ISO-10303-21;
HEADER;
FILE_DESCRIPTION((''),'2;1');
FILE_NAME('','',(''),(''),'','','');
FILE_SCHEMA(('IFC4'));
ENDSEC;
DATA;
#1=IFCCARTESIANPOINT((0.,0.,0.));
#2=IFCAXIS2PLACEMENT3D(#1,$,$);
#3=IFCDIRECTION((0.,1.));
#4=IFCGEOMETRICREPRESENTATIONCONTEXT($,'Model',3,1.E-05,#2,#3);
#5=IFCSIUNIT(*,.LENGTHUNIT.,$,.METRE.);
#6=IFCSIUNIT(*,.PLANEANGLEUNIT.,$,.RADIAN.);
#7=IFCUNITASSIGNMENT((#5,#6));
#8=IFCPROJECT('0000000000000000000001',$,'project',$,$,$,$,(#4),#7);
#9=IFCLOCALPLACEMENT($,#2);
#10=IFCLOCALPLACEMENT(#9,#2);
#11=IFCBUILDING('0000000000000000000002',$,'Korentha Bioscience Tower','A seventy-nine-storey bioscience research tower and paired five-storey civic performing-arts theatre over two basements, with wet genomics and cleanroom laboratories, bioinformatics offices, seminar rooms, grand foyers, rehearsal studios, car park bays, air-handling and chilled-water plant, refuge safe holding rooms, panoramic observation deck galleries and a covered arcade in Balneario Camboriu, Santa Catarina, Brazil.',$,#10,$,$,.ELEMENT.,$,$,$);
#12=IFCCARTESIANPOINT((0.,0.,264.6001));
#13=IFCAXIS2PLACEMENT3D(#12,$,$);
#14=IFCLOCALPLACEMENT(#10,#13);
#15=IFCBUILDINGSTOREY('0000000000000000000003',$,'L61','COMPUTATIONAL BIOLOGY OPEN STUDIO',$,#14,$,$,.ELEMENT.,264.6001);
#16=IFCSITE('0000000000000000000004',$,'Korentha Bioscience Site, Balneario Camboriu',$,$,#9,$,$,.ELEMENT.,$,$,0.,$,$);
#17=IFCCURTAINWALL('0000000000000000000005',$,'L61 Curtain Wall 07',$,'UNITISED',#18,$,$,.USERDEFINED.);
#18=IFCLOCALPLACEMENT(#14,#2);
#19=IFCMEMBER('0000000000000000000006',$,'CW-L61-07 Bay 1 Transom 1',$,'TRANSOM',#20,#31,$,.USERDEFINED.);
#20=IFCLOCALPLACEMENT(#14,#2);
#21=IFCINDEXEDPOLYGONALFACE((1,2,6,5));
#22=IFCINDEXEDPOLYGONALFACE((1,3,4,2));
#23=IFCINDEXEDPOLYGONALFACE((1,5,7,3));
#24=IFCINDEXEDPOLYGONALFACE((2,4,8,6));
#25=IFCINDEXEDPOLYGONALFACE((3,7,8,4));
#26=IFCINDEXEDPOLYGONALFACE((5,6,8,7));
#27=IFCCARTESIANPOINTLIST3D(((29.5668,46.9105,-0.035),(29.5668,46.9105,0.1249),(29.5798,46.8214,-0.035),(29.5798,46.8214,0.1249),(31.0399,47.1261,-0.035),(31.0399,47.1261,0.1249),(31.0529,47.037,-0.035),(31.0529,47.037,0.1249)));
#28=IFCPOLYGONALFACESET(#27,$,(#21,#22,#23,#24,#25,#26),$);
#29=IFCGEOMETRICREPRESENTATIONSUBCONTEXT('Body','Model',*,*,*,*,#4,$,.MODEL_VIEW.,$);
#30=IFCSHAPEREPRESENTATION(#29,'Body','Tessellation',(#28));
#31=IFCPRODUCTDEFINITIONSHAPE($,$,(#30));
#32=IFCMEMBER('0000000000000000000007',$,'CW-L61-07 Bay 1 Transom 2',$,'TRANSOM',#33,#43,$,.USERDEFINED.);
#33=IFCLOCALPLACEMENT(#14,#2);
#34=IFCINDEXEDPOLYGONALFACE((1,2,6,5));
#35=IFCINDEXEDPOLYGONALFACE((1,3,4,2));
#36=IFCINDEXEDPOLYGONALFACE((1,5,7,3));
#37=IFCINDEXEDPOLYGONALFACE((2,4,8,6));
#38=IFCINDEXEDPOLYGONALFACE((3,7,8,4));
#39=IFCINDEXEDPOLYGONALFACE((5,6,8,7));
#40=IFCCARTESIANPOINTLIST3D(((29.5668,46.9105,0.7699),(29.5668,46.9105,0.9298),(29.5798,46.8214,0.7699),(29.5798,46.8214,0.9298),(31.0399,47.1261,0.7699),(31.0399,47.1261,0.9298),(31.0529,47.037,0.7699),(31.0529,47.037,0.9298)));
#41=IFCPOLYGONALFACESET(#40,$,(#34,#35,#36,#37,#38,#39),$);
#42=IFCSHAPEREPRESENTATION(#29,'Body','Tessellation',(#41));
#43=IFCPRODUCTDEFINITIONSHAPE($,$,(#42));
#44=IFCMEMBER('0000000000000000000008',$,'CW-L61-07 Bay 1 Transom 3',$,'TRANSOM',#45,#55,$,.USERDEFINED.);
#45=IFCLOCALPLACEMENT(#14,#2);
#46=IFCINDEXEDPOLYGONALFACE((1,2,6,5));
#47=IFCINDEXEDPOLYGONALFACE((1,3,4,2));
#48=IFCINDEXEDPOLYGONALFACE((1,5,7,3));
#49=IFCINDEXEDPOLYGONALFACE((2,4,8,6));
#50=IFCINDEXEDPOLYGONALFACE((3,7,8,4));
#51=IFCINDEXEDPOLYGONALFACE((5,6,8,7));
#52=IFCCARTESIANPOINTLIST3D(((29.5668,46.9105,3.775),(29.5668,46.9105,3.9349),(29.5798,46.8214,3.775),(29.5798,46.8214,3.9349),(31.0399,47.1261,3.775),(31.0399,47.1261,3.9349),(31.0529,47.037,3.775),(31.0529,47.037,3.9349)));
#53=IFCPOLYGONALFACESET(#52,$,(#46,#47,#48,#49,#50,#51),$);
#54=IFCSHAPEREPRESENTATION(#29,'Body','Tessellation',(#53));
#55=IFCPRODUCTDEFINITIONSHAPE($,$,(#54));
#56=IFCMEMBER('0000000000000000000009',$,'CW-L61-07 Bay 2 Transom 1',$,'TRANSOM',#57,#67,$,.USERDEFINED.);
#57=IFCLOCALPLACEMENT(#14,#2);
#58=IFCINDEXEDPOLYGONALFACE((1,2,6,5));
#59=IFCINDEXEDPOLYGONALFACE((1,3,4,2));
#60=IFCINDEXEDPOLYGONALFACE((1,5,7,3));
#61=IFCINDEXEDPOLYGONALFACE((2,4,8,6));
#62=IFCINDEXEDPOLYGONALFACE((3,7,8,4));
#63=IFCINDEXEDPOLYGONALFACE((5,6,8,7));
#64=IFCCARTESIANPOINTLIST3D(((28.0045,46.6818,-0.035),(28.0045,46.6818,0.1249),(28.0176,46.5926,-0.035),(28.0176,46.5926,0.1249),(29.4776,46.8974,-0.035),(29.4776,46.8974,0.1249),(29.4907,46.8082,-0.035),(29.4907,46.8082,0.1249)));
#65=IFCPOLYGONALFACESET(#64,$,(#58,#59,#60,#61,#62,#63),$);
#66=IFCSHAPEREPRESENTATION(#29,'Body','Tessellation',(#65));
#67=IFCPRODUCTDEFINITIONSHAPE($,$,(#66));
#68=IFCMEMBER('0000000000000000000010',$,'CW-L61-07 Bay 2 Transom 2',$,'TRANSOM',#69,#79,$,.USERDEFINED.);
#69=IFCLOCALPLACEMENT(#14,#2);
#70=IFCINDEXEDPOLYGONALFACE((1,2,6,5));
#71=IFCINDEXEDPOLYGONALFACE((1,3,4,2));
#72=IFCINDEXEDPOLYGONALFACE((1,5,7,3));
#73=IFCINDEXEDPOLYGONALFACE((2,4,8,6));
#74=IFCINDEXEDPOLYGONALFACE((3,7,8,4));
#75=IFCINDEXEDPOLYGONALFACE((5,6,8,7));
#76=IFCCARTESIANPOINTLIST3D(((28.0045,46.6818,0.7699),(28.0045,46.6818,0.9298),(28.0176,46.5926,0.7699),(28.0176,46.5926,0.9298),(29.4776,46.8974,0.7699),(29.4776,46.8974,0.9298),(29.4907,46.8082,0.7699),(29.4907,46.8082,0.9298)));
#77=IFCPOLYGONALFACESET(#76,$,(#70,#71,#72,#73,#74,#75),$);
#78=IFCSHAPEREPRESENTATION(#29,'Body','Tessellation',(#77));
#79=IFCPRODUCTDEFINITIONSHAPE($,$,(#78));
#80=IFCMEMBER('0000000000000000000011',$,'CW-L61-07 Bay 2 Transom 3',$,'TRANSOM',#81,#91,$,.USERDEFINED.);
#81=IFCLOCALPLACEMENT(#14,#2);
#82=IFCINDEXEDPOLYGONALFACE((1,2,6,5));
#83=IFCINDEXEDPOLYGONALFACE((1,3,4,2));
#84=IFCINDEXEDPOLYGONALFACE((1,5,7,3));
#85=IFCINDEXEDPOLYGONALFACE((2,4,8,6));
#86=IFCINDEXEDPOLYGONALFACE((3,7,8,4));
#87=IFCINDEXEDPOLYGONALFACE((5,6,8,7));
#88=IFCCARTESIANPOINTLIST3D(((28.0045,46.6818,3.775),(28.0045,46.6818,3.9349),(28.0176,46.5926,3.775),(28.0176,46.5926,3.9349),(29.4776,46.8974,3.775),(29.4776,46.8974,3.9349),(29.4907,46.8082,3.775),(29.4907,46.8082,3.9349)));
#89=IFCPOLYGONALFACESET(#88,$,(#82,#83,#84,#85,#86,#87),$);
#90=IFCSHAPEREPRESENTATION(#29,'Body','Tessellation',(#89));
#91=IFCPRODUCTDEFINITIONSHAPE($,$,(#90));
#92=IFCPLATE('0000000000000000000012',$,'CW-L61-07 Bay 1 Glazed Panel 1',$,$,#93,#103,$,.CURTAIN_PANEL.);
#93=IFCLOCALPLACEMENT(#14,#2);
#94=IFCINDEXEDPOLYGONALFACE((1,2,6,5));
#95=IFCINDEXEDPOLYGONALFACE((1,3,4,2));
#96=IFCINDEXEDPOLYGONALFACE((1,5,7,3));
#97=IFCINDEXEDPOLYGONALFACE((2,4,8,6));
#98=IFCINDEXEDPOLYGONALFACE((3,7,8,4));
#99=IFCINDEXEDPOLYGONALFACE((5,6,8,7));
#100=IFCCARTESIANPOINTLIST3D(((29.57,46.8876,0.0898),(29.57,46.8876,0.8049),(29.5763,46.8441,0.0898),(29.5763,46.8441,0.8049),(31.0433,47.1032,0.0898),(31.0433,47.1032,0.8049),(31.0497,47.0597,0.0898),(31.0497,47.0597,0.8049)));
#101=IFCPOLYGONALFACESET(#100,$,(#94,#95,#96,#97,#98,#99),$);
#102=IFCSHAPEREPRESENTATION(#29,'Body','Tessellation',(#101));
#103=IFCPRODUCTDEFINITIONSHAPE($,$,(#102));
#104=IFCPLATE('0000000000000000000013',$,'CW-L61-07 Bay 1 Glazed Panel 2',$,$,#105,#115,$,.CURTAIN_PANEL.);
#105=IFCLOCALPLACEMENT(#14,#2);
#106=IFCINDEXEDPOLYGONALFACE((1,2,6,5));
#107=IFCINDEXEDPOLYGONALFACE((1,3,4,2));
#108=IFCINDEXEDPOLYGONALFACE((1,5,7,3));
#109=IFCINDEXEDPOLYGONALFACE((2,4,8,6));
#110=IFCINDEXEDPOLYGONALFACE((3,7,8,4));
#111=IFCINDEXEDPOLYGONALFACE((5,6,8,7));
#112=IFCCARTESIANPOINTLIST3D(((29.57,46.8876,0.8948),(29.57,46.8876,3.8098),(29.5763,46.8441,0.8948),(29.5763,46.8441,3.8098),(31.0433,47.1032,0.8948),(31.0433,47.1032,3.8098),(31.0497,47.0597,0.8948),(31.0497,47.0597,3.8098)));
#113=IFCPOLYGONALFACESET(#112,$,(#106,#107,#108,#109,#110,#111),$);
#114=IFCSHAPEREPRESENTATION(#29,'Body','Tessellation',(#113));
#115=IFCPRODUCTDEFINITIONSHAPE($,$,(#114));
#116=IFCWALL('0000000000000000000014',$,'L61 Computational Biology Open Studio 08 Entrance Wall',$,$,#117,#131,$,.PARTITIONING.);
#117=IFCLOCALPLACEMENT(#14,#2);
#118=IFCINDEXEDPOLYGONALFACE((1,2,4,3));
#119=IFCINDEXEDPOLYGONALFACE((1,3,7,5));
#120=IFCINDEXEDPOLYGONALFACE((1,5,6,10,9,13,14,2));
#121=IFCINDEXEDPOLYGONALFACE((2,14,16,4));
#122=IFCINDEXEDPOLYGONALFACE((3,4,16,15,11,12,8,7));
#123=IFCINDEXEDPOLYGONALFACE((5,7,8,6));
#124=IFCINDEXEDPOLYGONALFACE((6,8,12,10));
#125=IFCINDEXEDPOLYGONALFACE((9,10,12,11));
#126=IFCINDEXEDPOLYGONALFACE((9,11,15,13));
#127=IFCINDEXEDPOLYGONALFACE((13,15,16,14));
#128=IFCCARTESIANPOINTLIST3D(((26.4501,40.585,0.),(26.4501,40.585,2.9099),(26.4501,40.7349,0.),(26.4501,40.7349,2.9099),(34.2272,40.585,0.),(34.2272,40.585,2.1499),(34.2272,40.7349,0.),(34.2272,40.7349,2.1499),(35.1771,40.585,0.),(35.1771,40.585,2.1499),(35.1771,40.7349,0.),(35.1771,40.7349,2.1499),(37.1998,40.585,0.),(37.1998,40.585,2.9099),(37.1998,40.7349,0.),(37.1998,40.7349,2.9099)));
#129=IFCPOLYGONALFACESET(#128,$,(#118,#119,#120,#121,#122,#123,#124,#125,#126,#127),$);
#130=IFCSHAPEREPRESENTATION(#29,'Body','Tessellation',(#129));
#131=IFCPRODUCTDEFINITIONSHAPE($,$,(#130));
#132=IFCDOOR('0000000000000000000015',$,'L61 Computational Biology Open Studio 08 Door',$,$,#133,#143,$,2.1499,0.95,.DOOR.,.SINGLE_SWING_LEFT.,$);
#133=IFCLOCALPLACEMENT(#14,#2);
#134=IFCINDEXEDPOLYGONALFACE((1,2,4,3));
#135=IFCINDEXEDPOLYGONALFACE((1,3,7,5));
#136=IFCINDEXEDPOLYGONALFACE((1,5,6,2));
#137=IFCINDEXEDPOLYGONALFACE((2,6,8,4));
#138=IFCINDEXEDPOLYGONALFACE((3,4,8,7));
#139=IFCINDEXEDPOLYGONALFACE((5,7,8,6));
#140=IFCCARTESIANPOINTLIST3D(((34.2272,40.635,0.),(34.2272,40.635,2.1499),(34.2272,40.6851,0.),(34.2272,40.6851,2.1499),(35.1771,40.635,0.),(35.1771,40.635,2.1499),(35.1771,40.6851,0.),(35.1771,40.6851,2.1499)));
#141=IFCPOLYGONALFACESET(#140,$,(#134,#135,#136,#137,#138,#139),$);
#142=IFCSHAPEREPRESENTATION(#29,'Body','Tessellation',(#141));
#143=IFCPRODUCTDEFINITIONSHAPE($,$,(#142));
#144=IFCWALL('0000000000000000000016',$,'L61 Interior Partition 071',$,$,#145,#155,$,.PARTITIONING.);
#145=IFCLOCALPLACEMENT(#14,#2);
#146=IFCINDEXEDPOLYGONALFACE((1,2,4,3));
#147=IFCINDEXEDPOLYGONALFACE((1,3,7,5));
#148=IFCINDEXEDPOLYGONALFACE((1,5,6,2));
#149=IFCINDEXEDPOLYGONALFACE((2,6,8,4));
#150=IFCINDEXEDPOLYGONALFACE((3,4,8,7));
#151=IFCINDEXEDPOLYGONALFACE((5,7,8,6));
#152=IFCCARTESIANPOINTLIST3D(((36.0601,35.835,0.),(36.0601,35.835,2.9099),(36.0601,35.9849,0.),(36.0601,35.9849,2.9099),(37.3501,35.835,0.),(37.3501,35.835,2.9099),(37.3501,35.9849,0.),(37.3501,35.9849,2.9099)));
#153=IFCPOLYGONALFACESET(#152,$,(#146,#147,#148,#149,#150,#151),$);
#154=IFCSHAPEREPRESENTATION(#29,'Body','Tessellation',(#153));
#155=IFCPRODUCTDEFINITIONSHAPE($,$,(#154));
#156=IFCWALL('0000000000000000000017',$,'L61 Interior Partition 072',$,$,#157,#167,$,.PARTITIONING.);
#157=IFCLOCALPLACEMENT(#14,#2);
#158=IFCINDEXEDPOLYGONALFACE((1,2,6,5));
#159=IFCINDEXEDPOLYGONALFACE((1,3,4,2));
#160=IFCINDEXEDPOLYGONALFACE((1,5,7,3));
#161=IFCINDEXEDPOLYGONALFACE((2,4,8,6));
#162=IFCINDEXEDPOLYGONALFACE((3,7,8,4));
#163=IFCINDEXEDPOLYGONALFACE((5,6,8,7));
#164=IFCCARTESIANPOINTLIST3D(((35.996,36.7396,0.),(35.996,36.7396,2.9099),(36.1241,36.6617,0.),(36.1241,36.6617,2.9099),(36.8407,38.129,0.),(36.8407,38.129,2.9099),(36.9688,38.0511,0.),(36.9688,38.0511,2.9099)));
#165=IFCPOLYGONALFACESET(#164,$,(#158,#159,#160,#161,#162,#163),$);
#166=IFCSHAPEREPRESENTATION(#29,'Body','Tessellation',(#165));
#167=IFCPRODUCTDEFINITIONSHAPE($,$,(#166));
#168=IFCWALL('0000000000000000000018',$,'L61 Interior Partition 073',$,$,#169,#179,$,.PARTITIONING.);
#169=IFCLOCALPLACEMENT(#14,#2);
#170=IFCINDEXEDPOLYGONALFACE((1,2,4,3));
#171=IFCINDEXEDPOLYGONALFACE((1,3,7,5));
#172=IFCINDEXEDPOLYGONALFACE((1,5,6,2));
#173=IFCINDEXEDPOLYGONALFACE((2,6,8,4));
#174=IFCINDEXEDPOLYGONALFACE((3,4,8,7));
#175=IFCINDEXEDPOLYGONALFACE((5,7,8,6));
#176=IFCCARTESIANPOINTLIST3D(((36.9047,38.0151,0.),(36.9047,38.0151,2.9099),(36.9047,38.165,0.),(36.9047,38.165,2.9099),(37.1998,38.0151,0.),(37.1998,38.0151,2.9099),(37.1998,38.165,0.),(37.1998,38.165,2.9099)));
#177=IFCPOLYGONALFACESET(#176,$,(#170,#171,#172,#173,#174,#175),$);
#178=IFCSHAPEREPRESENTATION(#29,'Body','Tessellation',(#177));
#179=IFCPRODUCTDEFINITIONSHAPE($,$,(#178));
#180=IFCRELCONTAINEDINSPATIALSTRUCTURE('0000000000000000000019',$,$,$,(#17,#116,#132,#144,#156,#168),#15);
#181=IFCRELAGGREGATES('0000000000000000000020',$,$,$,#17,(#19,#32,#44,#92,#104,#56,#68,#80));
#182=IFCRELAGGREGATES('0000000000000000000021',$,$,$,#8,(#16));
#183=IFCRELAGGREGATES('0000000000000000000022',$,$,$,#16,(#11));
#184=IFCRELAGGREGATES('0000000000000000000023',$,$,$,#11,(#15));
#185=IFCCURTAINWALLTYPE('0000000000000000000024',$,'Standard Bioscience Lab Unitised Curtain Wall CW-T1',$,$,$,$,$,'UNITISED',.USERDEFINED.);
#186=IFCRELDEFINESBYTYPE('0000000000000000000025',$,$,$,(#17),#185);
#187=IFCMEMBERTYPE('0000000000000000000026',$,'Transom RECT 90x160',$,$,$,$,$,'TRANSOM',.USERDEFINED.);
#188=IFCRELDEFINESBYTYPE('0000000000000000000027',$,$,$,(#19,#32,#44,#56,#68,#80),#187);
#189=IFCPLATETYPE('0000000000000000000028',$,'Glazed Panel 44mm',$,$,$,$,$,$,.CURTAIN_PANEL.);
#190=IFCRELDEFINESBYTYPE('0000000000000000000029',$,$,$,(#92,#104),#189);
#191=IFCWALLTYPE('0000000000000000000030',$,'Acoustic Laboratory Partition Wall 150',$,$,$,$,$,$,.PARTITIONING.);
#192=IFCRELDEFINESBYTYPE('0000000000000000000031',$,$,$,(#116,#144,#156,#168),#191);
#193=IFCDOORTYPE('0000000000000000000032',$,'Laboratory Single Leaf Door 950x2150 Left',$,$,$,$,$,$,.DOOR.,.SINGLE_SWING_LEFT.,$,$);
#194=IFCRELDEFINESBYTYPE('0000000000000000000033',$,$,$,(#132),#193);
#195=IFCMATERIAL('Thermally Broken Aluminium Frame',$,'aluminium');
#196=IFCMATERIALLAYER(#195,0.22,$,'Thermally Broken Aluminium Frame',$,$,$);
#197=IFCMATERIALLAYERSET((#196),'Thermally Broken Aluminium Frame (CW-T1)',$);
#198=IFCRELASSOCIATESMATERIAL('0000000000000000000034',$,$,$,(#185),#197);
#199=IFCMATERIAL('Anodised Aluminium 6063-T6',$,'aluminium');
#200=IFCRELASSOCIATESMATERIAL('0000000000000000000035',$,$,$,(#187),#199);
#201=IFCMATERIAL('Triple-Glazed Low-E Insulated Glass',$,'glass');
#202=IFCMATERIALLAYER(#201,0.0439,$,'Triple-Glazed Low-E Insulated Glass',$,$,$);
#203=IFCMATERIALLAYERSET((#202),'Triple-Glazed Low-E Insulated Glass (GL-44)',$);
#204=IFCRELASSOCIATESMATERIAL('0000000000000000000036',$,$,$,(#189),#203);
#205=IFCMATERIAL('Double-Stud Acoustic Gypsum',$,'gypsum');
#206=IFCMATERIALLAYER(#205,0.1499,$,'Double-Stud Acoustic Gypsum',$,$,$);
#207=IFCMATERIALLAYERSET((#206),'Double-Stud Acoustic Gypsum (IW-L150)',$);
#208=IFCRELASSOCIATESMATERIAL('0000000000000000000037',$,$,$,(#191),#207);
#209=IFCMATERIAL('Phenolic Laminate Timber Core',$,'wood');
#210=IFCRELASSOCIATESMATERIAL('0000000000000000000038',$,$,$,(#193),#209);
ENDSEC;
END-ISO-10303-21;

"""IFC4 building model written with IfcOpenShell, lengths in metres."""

from ifc_helpers import new_model, si_unit, direction, frame, frame_2d, origin, origin_2d, place, context, subcontext, project, spatial, rectangle, extrude, material, layer, layer_set, material_profile, profile_set, type_object, element, fill, aggregate, save


model = new_model("IFC4")

# Units and contexts
model_context = context("Model", 3, precision=1e-05, world=origin(), true_north=direction((0.0, 1.0)))
body_context = subcontext(model_context, "Body", "Model", "MODEL_VIEW")
ifc_project = project(units=[si_unit("LENGTHUNIT", "METRE"), si_unit("PLANEANGLEUNIT", "RADIAN")], contexts=[model_context])

# Site, building, storey
site_placement = place(None, origin())
site = spatial("IfcSite", under=ifc_project, at=site_placement, Name="Korentha Bioscience Site, Balneario Camboriu", CompositionType="ELEMENT", RefElevation=0.0)
building_placement = place(site_placement, origin())
building = spatial("IfcBuilding", under=site, at=building_placement, Name="Korentha Bioscience Tower", Description="A seventy-nine-storey bioscience research tower and paired five-storey civic performing-arts theatre over two basements, with wet genomics and cleanroom laboratories, bioinformatics offices, seminar rooms, grand foyers, rehearsal studios, car park bays, air-handling and chilled-water plant, refuge safe holding rooms, panoramic observation deck galleries and a covered arcade in Balneario Camboriu, Santa Catarina, Brazil.", CompositionType="ELEMENT")
storey_placement = place(building_placement, frame((0.0, 0.0, 264.6001)))
storey = spatial("IfcBuildingStorey", under=building, at=storey_placement, Name="L61", Description="COMPUTATIONAL BIOLOGY OPEN STUDIO", CompositionType="ELEMENT", Elevation=264.6001)

# Curtain wall
ifc_material_1 = material(Name="Thermally Broken Aluminium Frame", Category="aluminium")
ifc_layer_1 = layer(ifc_material_1, 0.22, Name="Thermally Broken Aluminium Frame")
ifc_layer_set_1 = layer_set([ifc_layer_1], Name="Thermally Broken Aluminium Frame (CW-T1)")
curtain_wall_type = type_object("IfcCurtainWallType", Name="Standard Bioscience Lab Unitised Curtain Wall CW-T1", ElementType="UNITISED", PredefinedType="USERDEFINED", material=ifc_layer_set_1)
curtain_wall_placement = place(storey_placement, origin())
curtain_wall = element("IfcCurtainWall", 1, at=curtain_wall_placement, inside=storey, type_object=curtain_wall_type, Name="L61 Curtain Wall 07", ObjectType="UNITISED", PredefinedType="USERDEFINED")
ifc_material_2 = material(Name="Anodised Aluminium 6063-T6", Category="aluminium")

# Members
ifc_material_profile_1 = material_profile(ifc_material_2, rectangle(XDim=0.0901, YDim=0.1599, at=origin_2d()), Name="Anodised Aluminium 6063-T6")
ifc_profile_set_1 = profile_set([ifc_material_profile_1], Name="Anodised Aluminium 6063-T6 (CW-TRN)")
member_type_1 = type_object("IfcMemberType", Name="Transom RECT 90x160", ElementType="TRANSOM", PredefinedType="USERDEFINED", material=ifc_profile_set_1)
member_1_placement = place(storey_placement, frame((31.0464, 47.0815, 0.0449), z_axis=(-0.989462, -0.144795, 0.0), x_axis=(0.144795, -0.989462, 0.0)))
member_1 = element("IfcMember", 2, at=member_1_placement, type_object=member_type_1, Name="CW-L61-07 Bay 1 Transom 1", ObjectType="TRANSOM", PredefinedType="USERDEFINED", context=body_context, shape_type="SweptSolid", body=[
    extrude(rectangle(XDim=0.0901, YDim=0.1599, at=origin_2d()), origin(), (0.0, 0.0, 1.0), 1.4888),
])
member_2_placement = place(storey_placement, frame((31.0464, 47.0815, 0.8499), z_axis=(-0.989462, -0.144795, 0.0), x_axis=(0.144795, -0.989462, 0.0)))
member_2 = element("IfcMember", 3, at=member_2_placement, type_object=member_type_1, Name="CW-L61-07 Bay 1 Transom 2", ObjectType="TRANSOM", PredefinedType="USERDEFINED", context=body_context, shape_type="SweptSolid", body=[
    extrude(rectangle(XDim=0.0901, YDim=0.1599, at=origin_2d()), origin(), (0.0, 0.0, 1.0), 1.4888),
])
member_3_placement = place(storey_placement, frame((31.0464, 47.0815, 3.855), z_axis=(-0.989462, -0.144795, 0.0), x_axis=(0.144795, -0.989462, 0.0)))
member_3 = element("IfcMember", 4, at=member_3_placement, type_object=member_type_1, Name="CW-L61-07 Bay 1 Transom 3", ObjectType="TRANSOM", PredefinedType="USERDEFINED", context=body_context, shape_type="SweptSolid", body=[
    extrude(rectangle(XDim=0.0901, YDim=0.1599, at=origin_2d()), origin(), (0.0, 0.0, 1.0), 1.4888),
])
member_4_placement = place(storey_placement, frame((29.4841, 46.8528, 0.0449), z_axis=(-0.989462, -0.144795, 0.0), x_axis=(0.144795, -0.989462, 0.0)))
member_4 = element("IfcMember", 5, at=member_4_placement, type_object=member_type_1, Name="CW-L61-07 Bay 2 Transom 1", ObjectType="TRANSOM", PredefinedType="USERDEFINED", context=body_context, shape_type="SweptSolid", body=[
    extrude(rectangle(XDim=0.0901, YDim=0.1599, at=origin_2d()), origin(), (0.0, 0.0, 1.0), 1.4888),
])
member_5_placement = place(storey_placement, frame((29.4841, 46.8528, 0.8499), z_axis=(-0.989462, -0.144795, 0.0), x_axis=(0.144795, -0.989462, 0.0)))
member_5 = element("IfcMember", 6, at=member_5_placement, type_object=member_type_1, Name="CW-L61-07 Bay 2 Transom 2", ObjectType="TRANSOM", PredefinedType="USERDEFINED", context=body_context, shape_type="SweptSolid", body=[
    extrude(rectangle(XDim=0.0901, YDim=0.1599, at=origin_2d()), origin(), (0.0, 0.0, 1.0), 1.4888),
])
member_6_placement = place(storey_placement, frame((29.4841, 46.8528, 3.855), z_axis=(-0.989462, -0.144795, 0.0), x_axis=(0.144795, -0.989462, 0.0)))
member_6 = element("IfcMember", 7, at=member_6_placement, type_object=member_type_1, Name="CW-L61-07 Bay 2 Transom 3", ObjectType="TRANSOM", PredefinedType="USERDEFINED", context=body_context, shape_type="SweptSolid", body=[
    extrude(rectangle(XDim=0.0901, YDim=0.1599, at=origin_2d()), origin(), (0.0, 0.0, 1.0), 1.4888),
])

# Plates
ifc_material_3 = material(Name="Triple-Glazed Low-E Insulated Glass", Category="glass")
ifc_layer_2 = layer(ifc_material_3, 0.0439, Name="Triple-Glazed Low-E Insulated Glass")
ifc_layer_set_2 = layer_set([ifc_layer_2], Name="Triple-Glazed Low-E Insulated Glass (GL-44)")
plate_type = type_object("IfcPlateType", Name="Glazed Panel 44mm", PredefinedType="CURTAIN_PANEL", material=ifc_layer_set_2)
plate_1_placement = place(storey_placement, frame((30.3098, 46.9736, 0.0898), z_axis=(0.0, 0.0, 1.0), x_axis=(-0.98946, -0.144809, 0.0)))
plate_1 = element("IfcPlate", 8, at=plate_1_placement, type_object=plate_type, Name="CW-L61-07 Bay 1 Glazed Panel 1", PredefinedType="CURTAIN_PANEL", context=body_context, shape_type="SweptSolid", body=[
    extrude(rectangle(XDim=1.489, YDim=0.0439, at=origin_2d()), origin(), (0.0, 0.0, 1.0), 0.7151),
])
plate_2_placement = place(storey_placement, frame((30.3098, 46.9736, 0.8948), z_axis=(0.0, 0.0, 1.0), x_axis=(-0.98946, -0.144809, 0.0)))
plate_2 = element("IfcPlate", 9, at=plate_2_placement, type_object=plate_type, Name="CW-L61-07 Bay 1 Glazed Panel 2", PredefinedType="CURTAIN_PANEL", context=body_context, shape_type="SweptSolid", body=[
    extrude(rectangle(XDim=1.489, YDim=0.0439, at=origin_2d()), origin(), (0.0, 0.0, 1.0), 2.915),
])
aggregate(curtain_wall, [member_1, member_2, member_3, plate_1, plate_2, member_4, member_5, member_6])

# Wall, opening, door
ifc_material_4 = material(Name="Double-Stud Acoustic Gypsum", Category="gypsum")
ifc_layer_3 = layer(ifc_material_4, 0.1499, Name="Double-Stud Acoustic Gypsum")
ifc_layer_set_3 = layer_set([ifc_layer_3], Name="Double-Stud Acoustic Gypsum (IW-L150)")
wall_type_1 = type_object("IfcWallType", Name="Acoustic Laboratory Partition Wall 150", PredefinedType="PARTITIONING", material=ifc_layer_set_3)
wall_1_placement = place(storey_placement, frame((37.2, 40.6599, 0.0), z_axis=(0.0, 0.0, 1.0), x_axis=(-1.0, 0.0, 0.0)))
wall_1 = element("IfcWall", 10, at=wall_1_placement, inside=storey, type_object=wall_type_1, Name="L61 Computational Biology Open Studio 08 Entrance Wall", PredefinedType="PARTITIONING", context=body_context, shape_type="SweptSolid", body=[
    extrude(rectangle(XDim=10.7498, YDim=0.1499, at=frame_2d((5.375, 0.0))), origin(), (0.0, 0.0, 1.0), 2.9099),
])
opening_1_placement = place(wall_1_placement, frame((2.0227, 0.0, 0.0)))
opening_1 = element("IfcOpeningElement", 11, at=opening_1_placement, cuts=wall_1, PredefinedType="OPENING", context=body_context, shape_type="SweptSolid", body=[
    extrude(rectangle(XDim=0.95, YDim=2.1499, at=frame_2d((0.4751, 1.075))), frame((0.0, 0.0898, 0.0), z_axis=(0.0, -1.0, 0.0), x_axis=(1.0, 0.0, 0.0)), (0.0, 0.0, 1.0), 0.1797),
])
ifc_material_5 = material(Name="Phenolic Laminate Timber Core", Category="wood")
door_type_1 = type_object("IfcDoorType", Name="Laboratory Single Leaf Door 950x2150 Left", OperationType="SINGLE_SWING_LEFT", PredefinedType="DOOR", material=ifc_material_5)
door_1_placement = place(opening_1_placement, origin())
door_1 = element("IfcDoor", 12, at=door_1_placement, inside=storey, type_object=door_type_1, Name="L61 Computational Biology Open Studio 08 Door", OperationType="SINGLE_SWING_LEFT", OverallHeight=2.1499, OverallWidth=0.95, PredefinedType="DOOR", context=body_context, shape_type="SweptSolid", body=[
    extrude(rectangle(XDim=0.95, YDim=2.1499, at=frame_2d((0.4751, 1.075))), frame((0.0, 0.0249, 0.0), z_axis=(0.0, -1.0, 0.0), x_axis=(1.0, 0.0, 0.0)), (0.0, 0.0, 1.0), 0.05),
])
fill(opening_1, door_1)

# Walls
wall_2_placement = place(storey_placement, frame((37.3501, 35.9099, 0.0), z_axis=(0.0, 0.0, 1.0), x_axis=(-1.0, 0.0, 0.0)))
element("IfcWall", 13, at=wall_2_placement, inside=storey, type_object=wall_type_1, Name="L61 Interior Partition 071", PredefinedType="PARTITIONING", context=body_context, shape_type="SweptSolid", body=[
    extrude(rectangle(XDim=1.29, YDim=0.1499, at=frame_2d((0.645, 0.0))), origin(), (0.0, 0.0, 1.0), 2.9099),
])
wall_3_placement = place(storey_placement, frame((36.0601, 36.7007, 0.0), z_axis=(0.0, 0.0, 1.0), x_axis=(0.519499, 0.854471, 0.0)))
element("IfcWall", 14, at=wall_3_placement, inside=storey, type_object=wall_type_1, Name="L61 Interior Partition 072", PredefinedType="PARTITIONING", context=body_context, shape_type="SweptSolid", body=[
    extrude(rectangle(XDim=1.626, YDim=0.1499, at=frame_2d((0.813, 0.0))), origin(), (0.0, 0.0, 1.0), 2.9099),
])
wall_4_placement = place(storey_placement, frame((36.9048, 38.0901, 0.0), z_axis=(0.0, 0.0, 1.0), x_axis=(1.0, 0.0, 0.0)))
element("IfcWall", 15, at=wall_4_placement, inside=storey, type_object=wall_type_1, Name="L61 Interior Partition 073", PredefinedType="PARTITIONING", context=body_context, shape_type="SweptSolid", body=[
    extrude(rectangle(XDim=0.2952, YDim=0.1499, at=frame_2d((0.1475, 0.0))), origin(), (0.0, 0.0, 1.0), 2.9099),
])

save(model, "model.ifc")
